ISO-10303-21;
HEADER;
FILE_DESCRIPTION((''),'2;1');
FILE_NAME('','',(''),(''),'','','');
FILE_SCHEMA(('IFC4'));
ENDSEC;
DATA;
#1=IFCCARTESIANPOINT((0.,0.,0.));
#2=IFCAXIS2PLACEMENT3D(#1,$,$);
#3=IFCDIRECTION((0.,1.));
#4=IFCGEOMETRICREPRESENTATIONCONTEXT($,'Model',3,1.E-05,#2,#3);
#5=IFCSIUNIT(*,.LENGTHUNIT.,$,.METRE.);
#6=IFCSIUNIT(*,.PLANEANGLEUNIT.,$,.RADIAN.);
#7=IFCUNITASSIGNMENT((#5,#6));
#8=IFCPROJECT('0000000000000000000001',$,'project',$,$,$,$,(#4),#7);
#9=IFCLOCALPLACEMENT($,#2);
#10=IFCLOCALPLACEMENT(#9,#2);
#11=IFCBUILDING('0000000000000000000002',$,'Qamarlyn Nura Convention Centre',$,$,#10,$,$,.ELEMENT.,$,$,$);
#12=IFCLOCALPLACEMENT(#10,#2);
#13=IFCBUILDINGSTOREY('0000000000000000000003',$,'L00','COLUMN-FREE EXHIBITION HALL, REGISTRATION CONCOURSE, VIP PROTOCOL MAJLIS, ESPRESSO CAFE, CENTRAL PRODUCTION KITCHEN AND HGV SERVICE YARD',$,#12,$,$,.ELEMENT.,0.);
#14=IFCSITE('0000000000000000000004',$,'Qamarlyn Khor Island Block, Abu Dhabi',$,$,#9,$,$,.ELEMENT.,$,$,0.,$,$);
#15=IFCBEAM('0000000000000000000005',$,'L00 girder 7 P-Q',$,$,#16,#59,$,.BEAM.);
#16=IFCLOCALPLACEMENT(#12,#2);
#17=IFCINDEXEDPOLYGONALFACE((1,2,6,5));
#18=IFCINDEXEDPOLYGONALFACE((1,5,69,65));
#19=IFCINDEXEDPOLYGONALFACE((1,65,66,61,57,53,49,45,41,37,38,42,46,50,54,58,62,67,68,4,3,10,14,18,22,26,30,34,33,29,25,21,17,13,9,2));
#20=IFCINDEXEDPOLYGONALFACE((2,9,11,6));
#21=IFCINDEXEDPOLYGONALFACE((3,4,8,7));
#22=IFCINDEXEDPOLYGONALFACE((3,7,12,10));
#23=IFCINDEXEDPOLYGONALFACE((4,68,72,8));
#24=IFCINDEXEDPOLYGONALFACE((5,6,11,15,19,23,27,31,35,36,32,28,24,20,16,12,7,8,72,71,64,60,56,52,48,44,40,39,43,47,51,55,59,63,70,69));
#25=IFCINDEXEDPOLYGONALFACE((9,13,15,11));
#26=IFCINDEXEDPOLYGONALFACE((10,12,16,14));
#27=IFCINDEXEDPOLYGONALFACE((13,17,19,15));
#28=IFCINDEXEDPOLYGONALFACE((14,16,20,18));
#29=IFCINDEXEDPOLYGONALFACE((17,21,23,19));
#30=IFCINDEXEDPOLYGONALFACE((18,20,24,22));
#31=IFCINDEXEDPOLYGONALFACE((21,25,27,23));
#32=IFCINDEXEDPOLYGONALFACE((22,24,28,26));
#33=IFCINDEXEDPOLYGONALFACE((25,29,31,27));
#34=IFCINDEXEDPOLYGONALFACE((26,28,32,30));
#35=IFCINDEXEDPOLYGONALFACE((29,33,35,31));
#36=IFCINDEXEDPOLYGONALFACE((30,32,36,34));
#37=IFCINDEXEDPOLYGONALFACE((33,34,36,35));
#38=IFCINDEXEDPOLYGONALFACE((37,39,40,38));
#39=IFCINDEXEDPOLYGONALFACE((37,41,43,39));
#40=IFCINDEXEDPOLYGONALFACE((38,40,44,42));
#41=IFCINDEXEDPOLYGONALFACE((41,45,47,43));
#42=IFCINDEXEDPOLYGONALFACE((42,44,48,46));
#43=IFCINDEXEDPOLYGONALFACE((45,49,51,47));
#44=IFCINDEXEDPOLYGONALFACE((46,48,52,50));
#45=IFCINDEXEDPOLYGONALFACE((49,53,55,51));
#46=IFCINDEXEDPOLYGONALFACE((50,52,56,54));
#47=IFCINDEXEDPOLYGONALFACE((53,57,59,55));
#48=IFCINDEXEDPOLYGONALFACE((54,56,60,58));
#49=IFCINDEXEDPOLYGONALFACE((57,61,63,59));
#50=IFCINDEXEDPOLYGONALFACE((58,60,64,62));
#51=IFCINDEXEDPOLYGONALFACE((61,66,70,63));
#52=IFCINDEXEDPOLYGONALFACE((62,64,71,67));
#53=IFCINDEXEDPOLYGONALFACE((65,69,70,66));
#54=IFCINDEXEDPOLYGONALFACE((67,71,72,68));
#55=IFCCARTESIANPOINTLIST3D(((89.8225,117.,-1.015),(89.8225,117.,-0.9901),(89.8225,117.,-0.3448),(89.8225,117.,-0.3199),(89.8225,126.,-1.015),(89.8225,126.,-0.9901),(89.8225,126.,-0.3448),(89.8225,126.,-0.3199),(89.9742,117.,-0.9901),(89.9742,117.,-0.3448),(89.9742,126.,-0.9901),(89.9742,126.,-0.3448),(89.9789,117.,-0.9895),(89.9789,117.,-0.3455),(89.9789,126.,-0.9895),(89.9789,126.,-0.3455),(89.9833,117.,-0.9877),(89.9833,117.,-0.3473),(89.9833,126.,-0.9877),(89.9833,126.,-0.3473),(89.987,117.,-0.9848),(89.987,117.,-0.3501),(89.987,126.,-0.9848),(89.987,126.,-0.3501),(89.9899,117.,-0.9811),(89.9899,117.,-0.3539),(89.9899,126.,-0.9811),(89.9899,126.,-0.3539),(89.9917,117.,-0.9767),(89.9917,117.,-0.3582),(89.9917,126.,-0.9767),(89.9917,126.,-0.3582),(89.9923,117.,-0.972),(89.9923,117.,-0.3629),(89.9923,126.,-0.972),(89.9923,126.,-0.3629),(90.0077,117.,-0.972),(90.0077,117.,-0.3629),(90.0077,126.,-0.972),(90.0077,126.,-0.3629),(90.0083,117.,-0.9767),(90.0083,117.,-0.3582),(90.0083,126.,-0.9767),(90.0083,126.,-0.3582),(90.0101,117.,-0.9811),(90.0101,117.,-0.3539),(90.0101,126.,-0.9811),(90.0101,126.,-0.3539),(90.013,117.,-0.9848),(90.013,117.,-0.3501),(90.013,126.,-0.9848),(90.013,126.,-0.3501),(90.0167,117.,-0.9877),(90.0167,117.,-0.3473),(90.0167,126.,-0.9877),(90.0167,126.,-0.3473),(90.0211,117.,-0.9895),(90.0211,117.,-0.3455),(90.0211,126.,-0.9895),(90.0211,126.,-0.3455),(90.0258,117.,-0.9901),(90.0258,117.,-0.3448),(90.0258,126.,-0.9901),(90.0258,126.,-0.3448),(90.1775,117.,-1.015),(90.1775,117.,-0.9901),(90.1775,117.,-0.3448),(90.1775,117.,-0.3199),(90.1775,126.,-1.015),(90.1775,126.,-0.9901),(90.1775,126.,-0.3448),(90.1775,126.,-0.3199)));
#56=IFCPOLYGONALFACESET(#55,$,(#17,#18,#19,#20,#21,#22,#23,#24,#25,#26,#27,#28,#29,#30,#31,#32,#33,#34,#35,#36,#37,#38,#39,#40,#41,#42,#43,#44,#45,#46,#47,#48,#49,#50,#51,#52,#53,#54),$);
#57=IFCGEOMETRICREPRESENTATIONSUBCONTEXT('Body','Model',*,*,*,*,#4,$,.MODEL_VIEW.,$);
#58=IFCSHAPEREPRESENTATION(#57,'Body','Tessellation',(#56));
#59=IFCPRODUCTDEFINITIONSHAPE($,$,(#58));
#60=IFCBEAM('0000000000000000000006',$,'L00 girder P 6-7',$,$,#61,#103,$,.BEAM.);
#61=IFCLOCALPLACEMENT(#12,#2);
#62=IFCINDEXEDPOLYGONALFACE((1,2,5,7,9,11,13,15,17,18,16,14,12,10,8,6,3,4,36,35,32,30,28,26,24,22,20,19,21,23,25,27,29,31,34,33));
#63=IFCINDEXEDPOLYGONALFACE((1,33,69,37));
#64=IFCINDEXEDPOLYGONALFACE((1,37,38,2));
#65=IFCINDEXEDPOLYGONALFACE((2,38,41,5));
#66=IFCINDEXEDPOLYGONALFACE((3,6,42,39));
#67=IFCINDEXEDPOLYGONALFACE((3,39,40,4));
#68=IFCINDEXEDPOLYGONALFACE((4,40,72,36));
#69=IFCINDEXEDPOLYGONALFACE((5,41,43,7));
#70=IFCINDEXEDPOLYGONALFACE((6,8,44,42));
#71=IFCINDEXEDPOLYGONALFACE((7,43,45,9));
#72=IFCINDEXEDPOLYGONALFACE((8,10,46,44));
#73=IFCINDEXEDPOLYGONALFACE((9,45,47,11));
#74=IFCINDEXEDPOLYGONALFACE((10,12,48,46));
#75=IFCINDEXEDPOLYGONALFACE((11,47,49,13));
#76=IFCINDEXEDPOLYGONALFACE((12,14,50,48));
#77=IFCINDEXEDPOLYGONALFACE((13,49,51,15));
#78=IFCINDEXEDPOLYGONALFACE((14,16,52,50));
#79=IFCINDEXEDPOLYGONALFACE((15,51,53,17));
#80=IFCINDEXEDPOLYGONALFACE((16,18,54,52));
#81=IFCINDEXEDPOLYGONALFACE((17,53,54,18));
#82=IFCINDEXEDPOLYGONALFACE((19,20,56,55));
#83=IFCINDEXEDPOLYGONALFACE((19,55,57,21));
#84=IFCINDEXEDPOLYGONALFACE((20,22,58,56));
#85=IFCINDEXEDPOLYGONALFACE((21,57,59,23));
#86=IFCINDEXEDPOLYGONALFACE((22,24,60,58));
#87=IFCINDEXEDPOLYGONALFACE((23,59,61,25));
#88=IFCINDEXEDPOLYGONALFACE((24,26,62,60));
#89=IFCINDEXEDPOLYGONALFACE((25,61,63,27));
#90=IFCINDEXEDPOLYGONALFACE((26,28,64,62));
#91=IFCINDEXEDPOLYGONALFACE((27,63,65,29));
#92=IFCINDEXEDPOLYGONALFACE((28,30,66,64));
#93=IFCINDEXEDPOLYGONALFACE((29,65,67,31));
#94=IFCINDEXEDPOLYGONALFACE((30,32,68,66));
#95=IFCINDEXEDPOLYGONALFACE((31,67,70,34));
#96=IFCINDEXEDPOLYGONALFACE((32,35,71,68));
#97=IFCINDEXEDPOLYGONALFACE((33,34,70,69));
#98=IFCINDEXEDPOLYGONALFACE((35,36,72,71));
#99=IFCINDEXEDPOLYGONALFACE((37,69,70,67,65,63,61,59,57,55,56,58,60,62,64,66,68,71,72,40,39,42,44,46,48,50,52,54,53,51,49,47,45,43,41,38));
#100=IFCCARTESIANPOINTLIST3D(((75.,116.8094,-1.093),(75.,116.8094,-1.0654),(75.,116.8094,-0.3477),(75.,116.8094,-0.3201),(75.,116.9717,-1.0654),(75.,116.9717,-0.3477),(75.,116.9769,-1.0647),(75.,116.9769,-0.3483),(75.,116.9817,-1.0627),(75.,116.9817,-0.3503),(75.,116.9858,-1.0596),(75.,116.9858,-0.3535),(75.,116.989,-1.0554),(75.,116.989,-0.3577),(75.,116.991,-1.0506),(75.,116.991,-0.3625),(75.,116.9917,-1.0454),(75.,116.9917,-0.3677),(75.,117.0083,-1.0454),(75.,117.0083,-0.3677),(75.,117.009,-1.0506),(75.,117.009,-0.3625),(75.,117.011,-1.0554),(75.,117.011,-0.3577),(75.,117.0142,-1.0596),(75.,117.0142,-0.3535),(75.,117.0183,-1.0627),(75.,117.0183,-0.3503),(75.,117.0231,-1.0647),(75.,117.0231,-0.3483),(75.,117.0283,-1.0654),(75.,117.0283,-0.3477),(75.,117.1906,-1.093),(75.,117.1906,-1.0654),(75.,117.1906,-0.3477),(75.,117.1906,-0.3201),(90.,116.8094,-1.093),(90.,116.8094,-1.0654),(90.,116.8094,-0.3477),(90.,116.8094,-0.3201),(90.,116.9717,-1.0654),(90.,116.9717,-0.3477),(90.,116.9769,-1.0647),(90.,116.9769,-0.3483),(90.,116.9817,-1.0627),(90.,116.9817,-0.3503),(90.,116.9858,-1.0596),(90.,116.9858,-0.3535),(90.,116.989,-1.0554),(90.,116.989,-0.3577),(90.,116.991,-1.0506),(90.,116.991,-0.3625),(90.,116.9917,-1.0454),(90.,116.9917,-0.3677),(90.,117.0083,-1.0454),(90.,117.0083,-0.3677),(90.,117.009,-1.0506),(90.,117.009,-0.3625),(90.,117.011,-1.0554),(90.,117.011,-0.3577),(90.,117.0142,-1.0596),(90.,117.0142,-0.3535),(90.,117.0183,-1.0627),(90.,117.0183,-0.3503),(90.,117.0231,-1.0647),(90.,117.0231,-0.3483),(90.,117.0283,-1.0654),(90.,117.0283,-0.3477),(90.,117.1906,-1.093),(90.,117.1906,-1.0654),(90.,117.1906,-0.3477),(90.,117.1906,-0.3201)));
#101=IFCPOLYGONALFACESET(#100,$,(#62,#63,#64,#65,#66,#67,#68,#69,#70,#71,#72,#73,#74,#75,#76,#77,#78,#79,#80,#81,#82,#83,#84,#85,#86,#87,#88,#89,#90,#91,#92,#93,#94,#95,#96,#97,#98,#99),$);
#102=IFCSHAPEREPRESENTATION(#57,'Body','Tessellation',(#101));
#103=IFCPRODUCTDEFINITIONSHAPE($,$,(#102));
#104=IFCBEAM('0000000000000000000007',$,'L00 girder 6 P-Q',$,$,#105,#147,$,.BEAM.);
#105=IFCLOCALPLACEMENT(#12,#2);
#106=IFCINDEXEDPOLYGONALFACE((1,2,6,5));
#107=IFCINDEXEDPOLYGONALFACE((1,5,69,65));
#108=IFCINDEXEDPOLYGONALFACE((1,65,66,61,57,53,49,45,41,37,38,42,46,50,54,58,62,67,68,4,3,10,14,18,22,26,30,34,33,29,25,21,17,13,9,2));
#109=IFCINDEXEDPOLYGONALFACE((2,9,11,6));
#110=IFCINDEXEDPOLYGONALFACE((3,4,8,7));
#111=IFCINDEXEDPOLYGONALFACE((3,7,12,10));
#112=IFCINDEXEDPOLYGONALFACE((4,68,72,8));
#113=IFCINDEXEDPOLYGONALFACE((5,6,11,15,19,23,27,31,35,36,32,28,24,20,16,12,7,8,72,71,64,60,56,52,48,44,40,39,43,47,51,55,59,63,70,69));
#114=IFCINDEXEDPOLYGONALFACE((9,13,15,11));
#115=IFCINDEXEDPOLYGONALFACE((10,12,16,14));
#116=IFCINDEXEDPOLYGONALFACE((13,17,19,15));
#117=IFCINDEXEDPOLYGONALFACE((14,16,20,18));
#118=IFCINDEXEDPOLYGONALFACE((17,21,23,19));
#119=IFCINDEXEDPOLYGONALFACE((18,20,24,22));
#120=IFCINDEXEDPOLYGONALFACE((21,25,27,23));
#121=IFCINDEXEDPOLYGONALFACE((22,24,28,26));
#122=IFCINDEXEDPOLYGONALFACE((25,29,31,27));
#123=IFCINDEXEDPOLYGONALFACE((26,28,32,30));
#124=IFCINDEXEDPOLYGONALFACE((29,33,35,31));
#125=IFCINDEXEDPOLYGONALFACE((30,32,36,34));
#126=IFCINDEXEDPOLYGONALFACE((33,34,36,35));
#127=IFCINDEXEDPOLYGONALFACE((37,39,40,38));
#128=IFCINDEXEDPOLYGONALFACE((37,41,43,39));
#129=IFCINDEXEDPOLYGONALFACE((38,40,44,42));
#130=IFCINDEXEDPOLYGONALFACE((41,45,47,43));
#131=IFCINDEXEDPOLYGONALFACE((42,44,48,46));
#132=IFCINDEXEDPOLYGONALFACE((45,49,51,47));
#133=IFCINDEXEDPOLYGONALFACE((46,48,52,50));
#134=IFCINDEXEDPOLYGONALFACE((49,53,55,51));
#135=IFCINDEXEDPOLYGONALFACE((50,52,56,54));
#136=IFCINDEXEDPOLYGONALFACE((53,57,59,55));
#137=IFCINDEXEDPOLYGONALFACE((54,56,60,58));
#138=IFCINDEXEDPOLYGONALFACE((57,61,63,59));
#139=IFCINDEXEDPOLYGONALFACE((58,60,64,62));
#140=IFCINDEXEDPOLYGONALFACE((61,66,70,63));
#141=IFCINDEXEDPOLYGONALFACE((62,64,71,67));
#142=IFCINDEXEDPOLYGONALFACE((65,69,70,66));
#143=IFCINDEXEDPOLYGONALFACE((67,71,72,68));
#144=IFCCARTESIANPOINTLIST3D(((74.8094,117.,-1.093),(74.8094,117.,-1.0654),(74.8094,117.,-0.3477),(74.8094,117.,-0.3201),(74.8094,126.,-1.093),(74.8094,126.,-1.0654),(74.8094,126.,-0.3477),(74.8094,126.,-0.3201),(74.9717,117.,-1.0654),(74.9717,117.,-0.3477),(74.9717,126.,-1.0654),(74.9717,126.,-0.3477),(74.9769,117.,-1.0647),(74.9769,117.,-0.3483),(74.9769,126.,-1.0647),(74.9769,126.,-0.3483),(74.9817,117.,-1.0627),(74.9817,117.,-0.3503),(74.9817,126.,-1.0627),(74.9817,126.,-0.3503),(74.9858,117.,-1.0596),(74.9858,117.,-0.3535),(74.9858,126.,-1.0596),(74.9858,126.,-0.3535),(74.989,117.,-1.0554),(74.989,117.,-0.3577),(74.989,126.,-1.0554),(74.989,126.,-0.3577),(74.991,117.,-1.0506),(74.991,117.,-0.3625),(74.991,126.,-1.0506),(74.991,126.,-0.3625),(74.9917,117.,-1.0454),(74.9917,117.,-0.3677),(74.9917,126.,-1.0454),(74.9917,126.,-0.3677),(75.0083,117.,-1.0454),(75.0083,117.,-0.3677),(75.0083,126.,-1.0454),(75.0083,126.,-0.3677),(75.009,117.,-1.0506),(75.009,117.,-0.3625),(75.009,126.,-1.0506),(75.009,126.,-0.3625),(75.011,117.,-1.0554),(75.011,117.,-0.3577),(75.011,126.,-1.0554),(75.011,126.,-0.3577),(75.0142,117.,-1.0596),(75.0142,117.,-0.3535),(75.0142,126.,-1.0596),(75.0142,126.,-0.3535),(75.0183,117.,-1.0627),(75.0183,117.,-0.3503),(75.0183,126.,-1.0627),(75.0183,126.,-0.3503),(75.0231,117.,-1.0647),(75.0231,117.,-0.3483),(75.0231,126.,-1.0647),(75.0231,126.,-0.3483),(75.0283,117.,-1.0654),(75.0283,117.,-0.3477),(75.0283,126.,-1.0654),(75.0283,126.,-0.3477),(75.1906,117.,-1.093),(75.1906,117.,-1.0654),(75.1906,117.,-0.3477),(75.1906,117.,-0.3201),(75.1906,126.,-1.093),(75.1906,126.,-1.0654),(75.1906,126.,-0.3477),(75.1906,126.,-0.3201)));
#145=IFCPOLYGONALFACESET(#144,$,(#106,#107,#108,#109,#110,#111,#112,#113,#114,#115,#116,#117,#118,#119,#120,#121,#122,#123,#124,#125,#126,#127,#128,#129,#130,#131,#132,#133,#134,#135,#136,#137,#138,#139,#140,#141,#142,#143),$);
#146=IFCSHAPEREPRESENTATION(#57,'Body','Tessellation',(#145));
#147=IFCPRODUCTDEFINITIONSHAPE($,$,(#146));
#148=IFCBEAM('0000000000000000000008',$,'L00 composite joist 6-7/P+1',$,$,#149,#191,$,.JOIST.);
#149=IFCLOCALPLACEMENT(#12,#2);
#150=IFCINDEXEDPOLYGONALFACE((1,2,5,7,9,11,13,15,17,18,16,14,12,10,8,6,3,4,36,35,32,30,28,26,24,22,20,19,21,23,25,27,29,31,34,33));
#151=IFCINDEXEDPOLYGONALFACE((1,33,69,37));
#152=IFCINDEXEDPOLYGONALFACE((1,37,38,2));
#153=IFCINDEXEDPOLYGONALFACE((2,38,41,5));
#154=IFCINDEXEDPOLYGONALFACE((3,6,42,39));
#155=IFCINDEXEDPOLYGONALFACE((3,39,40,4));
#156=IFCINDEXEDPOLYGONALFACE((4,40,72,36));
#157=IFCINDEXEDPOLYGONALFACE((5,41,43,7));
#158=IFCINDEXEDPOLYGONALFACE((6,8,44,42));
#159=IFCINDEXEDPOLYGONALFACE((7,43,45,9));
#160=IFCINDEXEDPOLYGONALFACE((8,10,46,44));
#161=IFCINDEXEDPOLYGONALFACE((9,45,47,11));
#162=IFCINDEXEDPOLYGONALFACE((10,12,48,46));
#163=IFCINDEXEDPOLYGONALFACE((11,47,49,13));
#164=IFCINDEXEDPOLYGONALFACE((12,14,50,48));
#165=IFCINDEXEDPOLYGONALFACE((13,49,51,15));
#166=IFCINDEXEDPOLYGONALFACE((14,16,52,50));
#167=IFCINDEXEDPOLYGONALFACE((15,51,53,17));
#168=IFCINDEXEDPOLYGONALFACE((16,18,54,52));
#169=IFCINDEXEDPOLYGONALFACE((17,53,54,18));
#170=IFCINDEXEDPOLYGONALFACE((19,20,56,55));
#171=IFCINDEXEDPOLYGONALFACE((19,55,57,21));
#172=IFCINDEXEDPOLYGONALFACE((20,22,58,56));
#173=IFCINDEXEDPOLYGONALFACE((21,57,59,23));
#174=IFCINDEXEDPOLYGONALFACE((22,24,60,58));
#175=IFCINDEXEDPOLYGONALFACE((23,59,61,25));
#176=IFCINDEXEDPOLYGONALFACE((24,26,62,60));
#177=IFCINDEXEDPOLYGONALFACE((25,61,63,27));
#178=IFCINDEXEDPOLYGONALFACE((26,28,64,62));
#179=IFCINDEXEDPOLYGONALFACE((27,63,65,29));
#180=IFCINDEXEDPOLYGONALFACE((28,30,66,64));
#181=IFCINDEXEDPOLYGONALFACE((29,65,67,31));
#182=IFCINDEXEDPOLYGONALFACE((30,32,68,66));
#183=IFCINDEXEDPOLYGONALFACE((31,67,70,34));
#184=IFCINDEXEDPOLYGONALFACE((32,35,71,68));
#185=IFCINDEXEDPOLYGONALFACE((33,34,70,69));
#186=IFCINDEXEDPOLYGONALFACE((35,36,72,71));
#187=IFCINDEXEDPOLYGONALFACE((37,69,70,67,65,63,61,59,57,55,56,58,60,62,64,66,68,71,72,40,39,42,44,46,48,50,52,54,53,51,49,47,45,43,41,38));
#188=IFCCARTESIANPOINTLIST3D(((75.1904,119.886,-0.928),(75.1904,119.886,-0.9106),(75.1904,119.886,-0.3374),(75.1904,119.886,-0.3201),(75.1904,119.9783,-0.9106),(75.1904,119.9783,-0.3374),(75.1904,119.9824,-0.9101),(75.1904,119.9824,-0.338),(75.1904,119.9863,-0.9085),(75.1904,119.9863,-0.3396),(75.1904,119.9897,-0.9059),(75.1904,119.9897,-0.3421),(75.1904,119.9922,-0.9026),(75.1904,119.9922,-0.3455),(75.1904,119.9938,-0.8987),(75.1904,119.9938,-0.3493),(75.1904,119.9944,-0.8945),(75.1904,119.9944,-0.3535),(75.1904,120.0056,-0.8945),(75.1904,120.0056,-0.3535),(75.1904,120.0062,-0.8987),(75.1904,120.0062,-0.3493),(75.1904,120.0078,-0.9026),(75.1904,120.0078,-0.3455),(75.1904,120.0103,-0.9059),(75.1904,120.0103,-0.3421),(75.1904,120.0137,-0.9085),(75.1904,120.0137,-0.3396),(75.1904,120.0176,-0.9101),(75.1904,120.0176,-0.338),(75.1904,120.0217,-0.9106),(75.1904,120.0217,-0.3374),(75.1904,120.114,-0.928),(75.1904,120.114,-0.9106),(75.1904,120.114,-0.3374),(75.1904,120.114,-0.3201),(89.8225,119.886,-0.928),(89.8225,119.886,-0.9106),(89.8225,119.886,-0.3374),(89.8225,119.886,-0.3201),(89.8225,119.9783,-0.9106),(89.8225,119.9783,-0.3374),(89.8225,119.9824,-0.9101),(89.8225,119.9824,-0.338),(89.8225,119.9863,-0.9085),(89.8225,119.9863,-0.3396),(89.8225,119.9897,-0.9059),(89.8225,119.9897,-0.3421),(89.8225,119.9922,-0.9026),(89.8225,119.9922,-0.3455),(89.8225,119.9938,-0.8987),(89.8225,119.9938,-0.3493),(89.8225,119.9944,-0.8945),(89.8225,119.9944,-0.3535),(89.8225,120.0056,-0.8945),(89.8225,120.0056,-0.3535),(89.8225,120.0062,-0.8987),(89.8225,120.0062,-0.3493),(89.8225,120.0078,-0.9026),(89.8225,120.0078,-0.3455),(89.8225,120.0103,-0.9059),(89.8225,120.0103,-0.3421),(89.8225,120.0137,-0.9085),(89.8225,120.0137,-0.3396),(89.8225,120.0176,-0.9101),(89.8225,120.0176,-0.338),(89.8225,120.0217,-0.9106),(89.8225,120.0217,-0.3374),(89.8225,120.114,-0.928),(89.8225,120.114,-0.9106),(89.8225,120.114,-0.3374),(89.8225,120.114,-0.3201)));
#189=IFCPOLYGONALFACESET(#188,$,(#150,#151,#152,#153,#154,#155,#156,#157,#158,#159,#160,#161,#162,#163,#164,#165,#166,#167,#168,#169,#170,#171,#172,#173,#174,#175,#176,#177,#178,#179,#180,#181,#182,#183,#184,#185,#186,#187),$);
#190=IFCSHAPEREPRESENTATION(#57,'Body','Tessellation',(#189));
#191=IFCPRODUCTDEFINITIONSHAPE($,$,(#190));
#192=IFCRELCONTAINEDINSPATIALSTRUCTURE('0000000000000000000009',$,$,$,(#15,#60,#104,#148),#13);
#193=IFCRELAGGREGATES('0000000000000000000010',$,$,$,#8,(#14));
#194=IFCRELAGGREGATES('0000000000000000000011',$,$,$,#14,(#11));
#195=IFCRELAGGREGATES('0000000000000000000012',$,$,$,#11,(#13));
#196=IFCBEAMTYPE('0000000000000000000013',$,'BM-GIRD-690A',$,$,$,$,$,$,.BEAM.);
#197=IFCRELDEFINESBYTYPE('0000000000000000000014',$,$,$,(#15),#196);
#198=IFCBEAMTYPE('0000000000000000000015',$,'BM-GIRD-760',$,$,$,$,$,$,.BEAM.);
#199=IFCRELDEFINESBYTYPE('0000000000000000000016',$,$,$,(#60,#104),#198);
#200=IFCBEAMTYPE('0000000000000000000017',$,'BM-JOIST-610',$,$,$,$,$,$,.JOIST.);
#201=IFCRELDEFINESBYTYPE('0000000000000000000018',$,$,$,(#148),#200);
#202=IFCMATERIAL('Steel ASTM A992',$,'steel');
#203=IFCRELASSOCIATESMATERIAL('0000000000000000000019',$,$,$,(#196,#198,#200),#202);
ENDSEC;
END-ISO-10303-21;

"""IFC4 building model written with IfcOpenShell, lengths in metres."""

from ifc_helpers import new_model, si_unit, direction, frame, origin, origin_2d, place, context, subcontext, project, spatial, i_section, extrude, material, material_profile, profile_set, type_object, element, save


model = new_model("IFC4")

# Units and contexts
model_context = context("Model", 3, precision=1e-05, world=origin(), true_north=direction((0.0, 1.0)))
body_context = subcontext(model_context, "Body", "Model", "MODEL_VIEW")
ifc_project = project(units=[si_unit("LENGTHUNIT", "METRE"), si_unit("PLANEANGLEUNIT", "RADIAN")], contexts=[model_context])

# Site, building, storey
site_placement = place(None, origin())
site = spatial("IfcSite", under=ifc_project, at=site_placement, Name="Qamarlyn Khor Island Block, Abu Dhabi", CompositionType="ELEMENT", RefElevation=0.0)
building_placement = place(site_placement, origin())
building = spatial("IfcBuilding", under=site, at=building_placement, Name="Qamarlyn Nura Convention Centre", CompositionType="ELEMENT")
storey_placement = place(building_placement, origin())
storey = spatial("IfcBuildingStorey", under=building, at=storey_placement, Name="L00", Description="COLUMN-FREE EXHIBITION HALL, REGISTRATION CONCOURSE, VIP PROTOCOL MAJLIS, ESPRESSO CAFE, CENTRAL PRODUCTION KITCHEN AND HGV SERVICE YARD", CompositionType="ELEMENT", Elevation=0.0)

# Shared definitions
ifc_material_1 = material(Name="Steel ASTM A992", Category="steel")

# Beams
ifc_material_profile_1 = material_profile(ifc_material_1, i_section(OverallWidth=0.355, OverallDepth=0.6951, WebThickness=0.0154, FlangeThickness=0.0249, FilletRadius=0.0181, at=origin_2d()), Name="W690X217")
ifc_profile_set_1 = profile_set([ifc_material_profile_1], Name="Steel ASTM A992")
beam_type_1 = type_object("IfcBeamType", Name="BM-GIRD-690A", PredefinedType="BEAM", material=ifc_profile_set_1)
beam_1_placement = place(storey_placement, frame((90.0, 117.0, -0.6675), z_axis=(0.0, 1.0, 0.0), x_axis=(-1.0, 0.0, 0.0)))
element("IfcBeam", 1, at=beam_1_placement, inside=storey, type_object=beam_type_1, Name="L00 girder 7 P-Q", PredefinedType="BEAM", context=body_context, shape_type="SweptSolid", body=[
    extrude(i_section(OverallWidth=0.355, OverallDepth=0.6951, WebThickness=0.0154, FlangeThickness=0.0249, FilletRadius=0.0181, at=origin_2d()), origin(), (0.0, 0.0, 1.0), 9.0),
])
ifc_material_profile_2 = material_profile(ifc_material_1, i_section(OverallWidth=0.3811, OverallDepth=0.7729, WebThickness=0.0166, FlangeThickness=0.0276, FilletRadius=0.02, at=origin_2d()), Name="W760X257")
ifc_profile_set_2 = profile_set([ifc_material_profile_2], Name="Steel ASTM A992")
beam_type_2 = type_object("IfcBeamType", Name="BM-GIRD-760", PredefinedType="BEAM", material=ifc_profile_set_2)
beam_2_placement = place(storey_placement, frame((75.0, 117.0, -0.7065), z_axis=(1.0, 0.0, 0.0), x_axis=(0.0, 1.0, 0.0)))
element("IfcBeam", 2, at=beam_2_placement, inside=storey, type_object=beam_type_2, Name="L00 girder P 6-7", PredefinedType="BEAM", context=body_context, shape_type="SweptSolid", body=[
    extrude(i_section(OverallWidth=0.3811, OverallDepth=0.7729, WebThickness=0.0166, FlangeThickness=0.0276, FilletRadius=0.02, at=origin_2d()), origin(), (0.0, 0.0, 1.0), 15.0),
])
beam_3_placement = place(storey_placement, frame((75.0, 117.0, -0.7065), z_axis=(0.0, 1.0, 0.0), x_axis=(-1.0, 0.0, 0.0)))
element("IfcBeam", 3, at=beam_3_placement, inside=storey, type_object=beam_type_2, Name="L00 girder 6 P-Q", PredefinedType="BEAM", context=body_context, shape_type="SweptSolid", body=[
    extrude(i_section(OverallWidth=0.3811, OverallDepth=0.7729, WebThickness=0.0166, FlangeThickness=0.0276, FilletRadius=0.02, at=origin_2d()), origin(), (0.0, 0.0, 1.0), 9.0),
])
ifc_material_profile_3 = material_profile(ifc_material_1, i_section(OverallWidth=0.228, OverallDepth=0.6079, WebThickness=0.0112, FlangeThickness=0.0173, FilletRadius=0.0161, at=origin_2d()), Name="W610X113")
ifc_profile_set_3 = profile_set([ifc_material_profile_3], Name="Steel ASTM A992")
beam_type_3 = type_object("IfcBeamType", Name="BM-JOIST-610", PredefinedType="JOIST", material=ifc_profile_set_3)
for number, where, z_axis, x_axis, name in (
    (4, (75.1904, 120.0, -0.624), (1.0, 0.0, 0.0), (0.0, 1.0, 0.0), "L00 composite joist 6-7/P+1"),
):
    element("IfcBeam", number, at=place(storey_placement, frame(where, z_axis=z_axis, x_axis=x_axis)), inside=storey, type_object=beam_type_3, Name=name, PredefinedType="JOIST", context=body_context, shape_type="SweptSolid", body=[
        extrude(i_section(OverallWidth=0.228, OverallDepth=0.6079, WebThickness=0.0112, FlangeThickness=0.0173, FilletRadius=0.0161, at=origin_2d()), origin(), (0.0, 0.0, 1.0), 14.6321),
    ])

save(model, "model.ifc")
